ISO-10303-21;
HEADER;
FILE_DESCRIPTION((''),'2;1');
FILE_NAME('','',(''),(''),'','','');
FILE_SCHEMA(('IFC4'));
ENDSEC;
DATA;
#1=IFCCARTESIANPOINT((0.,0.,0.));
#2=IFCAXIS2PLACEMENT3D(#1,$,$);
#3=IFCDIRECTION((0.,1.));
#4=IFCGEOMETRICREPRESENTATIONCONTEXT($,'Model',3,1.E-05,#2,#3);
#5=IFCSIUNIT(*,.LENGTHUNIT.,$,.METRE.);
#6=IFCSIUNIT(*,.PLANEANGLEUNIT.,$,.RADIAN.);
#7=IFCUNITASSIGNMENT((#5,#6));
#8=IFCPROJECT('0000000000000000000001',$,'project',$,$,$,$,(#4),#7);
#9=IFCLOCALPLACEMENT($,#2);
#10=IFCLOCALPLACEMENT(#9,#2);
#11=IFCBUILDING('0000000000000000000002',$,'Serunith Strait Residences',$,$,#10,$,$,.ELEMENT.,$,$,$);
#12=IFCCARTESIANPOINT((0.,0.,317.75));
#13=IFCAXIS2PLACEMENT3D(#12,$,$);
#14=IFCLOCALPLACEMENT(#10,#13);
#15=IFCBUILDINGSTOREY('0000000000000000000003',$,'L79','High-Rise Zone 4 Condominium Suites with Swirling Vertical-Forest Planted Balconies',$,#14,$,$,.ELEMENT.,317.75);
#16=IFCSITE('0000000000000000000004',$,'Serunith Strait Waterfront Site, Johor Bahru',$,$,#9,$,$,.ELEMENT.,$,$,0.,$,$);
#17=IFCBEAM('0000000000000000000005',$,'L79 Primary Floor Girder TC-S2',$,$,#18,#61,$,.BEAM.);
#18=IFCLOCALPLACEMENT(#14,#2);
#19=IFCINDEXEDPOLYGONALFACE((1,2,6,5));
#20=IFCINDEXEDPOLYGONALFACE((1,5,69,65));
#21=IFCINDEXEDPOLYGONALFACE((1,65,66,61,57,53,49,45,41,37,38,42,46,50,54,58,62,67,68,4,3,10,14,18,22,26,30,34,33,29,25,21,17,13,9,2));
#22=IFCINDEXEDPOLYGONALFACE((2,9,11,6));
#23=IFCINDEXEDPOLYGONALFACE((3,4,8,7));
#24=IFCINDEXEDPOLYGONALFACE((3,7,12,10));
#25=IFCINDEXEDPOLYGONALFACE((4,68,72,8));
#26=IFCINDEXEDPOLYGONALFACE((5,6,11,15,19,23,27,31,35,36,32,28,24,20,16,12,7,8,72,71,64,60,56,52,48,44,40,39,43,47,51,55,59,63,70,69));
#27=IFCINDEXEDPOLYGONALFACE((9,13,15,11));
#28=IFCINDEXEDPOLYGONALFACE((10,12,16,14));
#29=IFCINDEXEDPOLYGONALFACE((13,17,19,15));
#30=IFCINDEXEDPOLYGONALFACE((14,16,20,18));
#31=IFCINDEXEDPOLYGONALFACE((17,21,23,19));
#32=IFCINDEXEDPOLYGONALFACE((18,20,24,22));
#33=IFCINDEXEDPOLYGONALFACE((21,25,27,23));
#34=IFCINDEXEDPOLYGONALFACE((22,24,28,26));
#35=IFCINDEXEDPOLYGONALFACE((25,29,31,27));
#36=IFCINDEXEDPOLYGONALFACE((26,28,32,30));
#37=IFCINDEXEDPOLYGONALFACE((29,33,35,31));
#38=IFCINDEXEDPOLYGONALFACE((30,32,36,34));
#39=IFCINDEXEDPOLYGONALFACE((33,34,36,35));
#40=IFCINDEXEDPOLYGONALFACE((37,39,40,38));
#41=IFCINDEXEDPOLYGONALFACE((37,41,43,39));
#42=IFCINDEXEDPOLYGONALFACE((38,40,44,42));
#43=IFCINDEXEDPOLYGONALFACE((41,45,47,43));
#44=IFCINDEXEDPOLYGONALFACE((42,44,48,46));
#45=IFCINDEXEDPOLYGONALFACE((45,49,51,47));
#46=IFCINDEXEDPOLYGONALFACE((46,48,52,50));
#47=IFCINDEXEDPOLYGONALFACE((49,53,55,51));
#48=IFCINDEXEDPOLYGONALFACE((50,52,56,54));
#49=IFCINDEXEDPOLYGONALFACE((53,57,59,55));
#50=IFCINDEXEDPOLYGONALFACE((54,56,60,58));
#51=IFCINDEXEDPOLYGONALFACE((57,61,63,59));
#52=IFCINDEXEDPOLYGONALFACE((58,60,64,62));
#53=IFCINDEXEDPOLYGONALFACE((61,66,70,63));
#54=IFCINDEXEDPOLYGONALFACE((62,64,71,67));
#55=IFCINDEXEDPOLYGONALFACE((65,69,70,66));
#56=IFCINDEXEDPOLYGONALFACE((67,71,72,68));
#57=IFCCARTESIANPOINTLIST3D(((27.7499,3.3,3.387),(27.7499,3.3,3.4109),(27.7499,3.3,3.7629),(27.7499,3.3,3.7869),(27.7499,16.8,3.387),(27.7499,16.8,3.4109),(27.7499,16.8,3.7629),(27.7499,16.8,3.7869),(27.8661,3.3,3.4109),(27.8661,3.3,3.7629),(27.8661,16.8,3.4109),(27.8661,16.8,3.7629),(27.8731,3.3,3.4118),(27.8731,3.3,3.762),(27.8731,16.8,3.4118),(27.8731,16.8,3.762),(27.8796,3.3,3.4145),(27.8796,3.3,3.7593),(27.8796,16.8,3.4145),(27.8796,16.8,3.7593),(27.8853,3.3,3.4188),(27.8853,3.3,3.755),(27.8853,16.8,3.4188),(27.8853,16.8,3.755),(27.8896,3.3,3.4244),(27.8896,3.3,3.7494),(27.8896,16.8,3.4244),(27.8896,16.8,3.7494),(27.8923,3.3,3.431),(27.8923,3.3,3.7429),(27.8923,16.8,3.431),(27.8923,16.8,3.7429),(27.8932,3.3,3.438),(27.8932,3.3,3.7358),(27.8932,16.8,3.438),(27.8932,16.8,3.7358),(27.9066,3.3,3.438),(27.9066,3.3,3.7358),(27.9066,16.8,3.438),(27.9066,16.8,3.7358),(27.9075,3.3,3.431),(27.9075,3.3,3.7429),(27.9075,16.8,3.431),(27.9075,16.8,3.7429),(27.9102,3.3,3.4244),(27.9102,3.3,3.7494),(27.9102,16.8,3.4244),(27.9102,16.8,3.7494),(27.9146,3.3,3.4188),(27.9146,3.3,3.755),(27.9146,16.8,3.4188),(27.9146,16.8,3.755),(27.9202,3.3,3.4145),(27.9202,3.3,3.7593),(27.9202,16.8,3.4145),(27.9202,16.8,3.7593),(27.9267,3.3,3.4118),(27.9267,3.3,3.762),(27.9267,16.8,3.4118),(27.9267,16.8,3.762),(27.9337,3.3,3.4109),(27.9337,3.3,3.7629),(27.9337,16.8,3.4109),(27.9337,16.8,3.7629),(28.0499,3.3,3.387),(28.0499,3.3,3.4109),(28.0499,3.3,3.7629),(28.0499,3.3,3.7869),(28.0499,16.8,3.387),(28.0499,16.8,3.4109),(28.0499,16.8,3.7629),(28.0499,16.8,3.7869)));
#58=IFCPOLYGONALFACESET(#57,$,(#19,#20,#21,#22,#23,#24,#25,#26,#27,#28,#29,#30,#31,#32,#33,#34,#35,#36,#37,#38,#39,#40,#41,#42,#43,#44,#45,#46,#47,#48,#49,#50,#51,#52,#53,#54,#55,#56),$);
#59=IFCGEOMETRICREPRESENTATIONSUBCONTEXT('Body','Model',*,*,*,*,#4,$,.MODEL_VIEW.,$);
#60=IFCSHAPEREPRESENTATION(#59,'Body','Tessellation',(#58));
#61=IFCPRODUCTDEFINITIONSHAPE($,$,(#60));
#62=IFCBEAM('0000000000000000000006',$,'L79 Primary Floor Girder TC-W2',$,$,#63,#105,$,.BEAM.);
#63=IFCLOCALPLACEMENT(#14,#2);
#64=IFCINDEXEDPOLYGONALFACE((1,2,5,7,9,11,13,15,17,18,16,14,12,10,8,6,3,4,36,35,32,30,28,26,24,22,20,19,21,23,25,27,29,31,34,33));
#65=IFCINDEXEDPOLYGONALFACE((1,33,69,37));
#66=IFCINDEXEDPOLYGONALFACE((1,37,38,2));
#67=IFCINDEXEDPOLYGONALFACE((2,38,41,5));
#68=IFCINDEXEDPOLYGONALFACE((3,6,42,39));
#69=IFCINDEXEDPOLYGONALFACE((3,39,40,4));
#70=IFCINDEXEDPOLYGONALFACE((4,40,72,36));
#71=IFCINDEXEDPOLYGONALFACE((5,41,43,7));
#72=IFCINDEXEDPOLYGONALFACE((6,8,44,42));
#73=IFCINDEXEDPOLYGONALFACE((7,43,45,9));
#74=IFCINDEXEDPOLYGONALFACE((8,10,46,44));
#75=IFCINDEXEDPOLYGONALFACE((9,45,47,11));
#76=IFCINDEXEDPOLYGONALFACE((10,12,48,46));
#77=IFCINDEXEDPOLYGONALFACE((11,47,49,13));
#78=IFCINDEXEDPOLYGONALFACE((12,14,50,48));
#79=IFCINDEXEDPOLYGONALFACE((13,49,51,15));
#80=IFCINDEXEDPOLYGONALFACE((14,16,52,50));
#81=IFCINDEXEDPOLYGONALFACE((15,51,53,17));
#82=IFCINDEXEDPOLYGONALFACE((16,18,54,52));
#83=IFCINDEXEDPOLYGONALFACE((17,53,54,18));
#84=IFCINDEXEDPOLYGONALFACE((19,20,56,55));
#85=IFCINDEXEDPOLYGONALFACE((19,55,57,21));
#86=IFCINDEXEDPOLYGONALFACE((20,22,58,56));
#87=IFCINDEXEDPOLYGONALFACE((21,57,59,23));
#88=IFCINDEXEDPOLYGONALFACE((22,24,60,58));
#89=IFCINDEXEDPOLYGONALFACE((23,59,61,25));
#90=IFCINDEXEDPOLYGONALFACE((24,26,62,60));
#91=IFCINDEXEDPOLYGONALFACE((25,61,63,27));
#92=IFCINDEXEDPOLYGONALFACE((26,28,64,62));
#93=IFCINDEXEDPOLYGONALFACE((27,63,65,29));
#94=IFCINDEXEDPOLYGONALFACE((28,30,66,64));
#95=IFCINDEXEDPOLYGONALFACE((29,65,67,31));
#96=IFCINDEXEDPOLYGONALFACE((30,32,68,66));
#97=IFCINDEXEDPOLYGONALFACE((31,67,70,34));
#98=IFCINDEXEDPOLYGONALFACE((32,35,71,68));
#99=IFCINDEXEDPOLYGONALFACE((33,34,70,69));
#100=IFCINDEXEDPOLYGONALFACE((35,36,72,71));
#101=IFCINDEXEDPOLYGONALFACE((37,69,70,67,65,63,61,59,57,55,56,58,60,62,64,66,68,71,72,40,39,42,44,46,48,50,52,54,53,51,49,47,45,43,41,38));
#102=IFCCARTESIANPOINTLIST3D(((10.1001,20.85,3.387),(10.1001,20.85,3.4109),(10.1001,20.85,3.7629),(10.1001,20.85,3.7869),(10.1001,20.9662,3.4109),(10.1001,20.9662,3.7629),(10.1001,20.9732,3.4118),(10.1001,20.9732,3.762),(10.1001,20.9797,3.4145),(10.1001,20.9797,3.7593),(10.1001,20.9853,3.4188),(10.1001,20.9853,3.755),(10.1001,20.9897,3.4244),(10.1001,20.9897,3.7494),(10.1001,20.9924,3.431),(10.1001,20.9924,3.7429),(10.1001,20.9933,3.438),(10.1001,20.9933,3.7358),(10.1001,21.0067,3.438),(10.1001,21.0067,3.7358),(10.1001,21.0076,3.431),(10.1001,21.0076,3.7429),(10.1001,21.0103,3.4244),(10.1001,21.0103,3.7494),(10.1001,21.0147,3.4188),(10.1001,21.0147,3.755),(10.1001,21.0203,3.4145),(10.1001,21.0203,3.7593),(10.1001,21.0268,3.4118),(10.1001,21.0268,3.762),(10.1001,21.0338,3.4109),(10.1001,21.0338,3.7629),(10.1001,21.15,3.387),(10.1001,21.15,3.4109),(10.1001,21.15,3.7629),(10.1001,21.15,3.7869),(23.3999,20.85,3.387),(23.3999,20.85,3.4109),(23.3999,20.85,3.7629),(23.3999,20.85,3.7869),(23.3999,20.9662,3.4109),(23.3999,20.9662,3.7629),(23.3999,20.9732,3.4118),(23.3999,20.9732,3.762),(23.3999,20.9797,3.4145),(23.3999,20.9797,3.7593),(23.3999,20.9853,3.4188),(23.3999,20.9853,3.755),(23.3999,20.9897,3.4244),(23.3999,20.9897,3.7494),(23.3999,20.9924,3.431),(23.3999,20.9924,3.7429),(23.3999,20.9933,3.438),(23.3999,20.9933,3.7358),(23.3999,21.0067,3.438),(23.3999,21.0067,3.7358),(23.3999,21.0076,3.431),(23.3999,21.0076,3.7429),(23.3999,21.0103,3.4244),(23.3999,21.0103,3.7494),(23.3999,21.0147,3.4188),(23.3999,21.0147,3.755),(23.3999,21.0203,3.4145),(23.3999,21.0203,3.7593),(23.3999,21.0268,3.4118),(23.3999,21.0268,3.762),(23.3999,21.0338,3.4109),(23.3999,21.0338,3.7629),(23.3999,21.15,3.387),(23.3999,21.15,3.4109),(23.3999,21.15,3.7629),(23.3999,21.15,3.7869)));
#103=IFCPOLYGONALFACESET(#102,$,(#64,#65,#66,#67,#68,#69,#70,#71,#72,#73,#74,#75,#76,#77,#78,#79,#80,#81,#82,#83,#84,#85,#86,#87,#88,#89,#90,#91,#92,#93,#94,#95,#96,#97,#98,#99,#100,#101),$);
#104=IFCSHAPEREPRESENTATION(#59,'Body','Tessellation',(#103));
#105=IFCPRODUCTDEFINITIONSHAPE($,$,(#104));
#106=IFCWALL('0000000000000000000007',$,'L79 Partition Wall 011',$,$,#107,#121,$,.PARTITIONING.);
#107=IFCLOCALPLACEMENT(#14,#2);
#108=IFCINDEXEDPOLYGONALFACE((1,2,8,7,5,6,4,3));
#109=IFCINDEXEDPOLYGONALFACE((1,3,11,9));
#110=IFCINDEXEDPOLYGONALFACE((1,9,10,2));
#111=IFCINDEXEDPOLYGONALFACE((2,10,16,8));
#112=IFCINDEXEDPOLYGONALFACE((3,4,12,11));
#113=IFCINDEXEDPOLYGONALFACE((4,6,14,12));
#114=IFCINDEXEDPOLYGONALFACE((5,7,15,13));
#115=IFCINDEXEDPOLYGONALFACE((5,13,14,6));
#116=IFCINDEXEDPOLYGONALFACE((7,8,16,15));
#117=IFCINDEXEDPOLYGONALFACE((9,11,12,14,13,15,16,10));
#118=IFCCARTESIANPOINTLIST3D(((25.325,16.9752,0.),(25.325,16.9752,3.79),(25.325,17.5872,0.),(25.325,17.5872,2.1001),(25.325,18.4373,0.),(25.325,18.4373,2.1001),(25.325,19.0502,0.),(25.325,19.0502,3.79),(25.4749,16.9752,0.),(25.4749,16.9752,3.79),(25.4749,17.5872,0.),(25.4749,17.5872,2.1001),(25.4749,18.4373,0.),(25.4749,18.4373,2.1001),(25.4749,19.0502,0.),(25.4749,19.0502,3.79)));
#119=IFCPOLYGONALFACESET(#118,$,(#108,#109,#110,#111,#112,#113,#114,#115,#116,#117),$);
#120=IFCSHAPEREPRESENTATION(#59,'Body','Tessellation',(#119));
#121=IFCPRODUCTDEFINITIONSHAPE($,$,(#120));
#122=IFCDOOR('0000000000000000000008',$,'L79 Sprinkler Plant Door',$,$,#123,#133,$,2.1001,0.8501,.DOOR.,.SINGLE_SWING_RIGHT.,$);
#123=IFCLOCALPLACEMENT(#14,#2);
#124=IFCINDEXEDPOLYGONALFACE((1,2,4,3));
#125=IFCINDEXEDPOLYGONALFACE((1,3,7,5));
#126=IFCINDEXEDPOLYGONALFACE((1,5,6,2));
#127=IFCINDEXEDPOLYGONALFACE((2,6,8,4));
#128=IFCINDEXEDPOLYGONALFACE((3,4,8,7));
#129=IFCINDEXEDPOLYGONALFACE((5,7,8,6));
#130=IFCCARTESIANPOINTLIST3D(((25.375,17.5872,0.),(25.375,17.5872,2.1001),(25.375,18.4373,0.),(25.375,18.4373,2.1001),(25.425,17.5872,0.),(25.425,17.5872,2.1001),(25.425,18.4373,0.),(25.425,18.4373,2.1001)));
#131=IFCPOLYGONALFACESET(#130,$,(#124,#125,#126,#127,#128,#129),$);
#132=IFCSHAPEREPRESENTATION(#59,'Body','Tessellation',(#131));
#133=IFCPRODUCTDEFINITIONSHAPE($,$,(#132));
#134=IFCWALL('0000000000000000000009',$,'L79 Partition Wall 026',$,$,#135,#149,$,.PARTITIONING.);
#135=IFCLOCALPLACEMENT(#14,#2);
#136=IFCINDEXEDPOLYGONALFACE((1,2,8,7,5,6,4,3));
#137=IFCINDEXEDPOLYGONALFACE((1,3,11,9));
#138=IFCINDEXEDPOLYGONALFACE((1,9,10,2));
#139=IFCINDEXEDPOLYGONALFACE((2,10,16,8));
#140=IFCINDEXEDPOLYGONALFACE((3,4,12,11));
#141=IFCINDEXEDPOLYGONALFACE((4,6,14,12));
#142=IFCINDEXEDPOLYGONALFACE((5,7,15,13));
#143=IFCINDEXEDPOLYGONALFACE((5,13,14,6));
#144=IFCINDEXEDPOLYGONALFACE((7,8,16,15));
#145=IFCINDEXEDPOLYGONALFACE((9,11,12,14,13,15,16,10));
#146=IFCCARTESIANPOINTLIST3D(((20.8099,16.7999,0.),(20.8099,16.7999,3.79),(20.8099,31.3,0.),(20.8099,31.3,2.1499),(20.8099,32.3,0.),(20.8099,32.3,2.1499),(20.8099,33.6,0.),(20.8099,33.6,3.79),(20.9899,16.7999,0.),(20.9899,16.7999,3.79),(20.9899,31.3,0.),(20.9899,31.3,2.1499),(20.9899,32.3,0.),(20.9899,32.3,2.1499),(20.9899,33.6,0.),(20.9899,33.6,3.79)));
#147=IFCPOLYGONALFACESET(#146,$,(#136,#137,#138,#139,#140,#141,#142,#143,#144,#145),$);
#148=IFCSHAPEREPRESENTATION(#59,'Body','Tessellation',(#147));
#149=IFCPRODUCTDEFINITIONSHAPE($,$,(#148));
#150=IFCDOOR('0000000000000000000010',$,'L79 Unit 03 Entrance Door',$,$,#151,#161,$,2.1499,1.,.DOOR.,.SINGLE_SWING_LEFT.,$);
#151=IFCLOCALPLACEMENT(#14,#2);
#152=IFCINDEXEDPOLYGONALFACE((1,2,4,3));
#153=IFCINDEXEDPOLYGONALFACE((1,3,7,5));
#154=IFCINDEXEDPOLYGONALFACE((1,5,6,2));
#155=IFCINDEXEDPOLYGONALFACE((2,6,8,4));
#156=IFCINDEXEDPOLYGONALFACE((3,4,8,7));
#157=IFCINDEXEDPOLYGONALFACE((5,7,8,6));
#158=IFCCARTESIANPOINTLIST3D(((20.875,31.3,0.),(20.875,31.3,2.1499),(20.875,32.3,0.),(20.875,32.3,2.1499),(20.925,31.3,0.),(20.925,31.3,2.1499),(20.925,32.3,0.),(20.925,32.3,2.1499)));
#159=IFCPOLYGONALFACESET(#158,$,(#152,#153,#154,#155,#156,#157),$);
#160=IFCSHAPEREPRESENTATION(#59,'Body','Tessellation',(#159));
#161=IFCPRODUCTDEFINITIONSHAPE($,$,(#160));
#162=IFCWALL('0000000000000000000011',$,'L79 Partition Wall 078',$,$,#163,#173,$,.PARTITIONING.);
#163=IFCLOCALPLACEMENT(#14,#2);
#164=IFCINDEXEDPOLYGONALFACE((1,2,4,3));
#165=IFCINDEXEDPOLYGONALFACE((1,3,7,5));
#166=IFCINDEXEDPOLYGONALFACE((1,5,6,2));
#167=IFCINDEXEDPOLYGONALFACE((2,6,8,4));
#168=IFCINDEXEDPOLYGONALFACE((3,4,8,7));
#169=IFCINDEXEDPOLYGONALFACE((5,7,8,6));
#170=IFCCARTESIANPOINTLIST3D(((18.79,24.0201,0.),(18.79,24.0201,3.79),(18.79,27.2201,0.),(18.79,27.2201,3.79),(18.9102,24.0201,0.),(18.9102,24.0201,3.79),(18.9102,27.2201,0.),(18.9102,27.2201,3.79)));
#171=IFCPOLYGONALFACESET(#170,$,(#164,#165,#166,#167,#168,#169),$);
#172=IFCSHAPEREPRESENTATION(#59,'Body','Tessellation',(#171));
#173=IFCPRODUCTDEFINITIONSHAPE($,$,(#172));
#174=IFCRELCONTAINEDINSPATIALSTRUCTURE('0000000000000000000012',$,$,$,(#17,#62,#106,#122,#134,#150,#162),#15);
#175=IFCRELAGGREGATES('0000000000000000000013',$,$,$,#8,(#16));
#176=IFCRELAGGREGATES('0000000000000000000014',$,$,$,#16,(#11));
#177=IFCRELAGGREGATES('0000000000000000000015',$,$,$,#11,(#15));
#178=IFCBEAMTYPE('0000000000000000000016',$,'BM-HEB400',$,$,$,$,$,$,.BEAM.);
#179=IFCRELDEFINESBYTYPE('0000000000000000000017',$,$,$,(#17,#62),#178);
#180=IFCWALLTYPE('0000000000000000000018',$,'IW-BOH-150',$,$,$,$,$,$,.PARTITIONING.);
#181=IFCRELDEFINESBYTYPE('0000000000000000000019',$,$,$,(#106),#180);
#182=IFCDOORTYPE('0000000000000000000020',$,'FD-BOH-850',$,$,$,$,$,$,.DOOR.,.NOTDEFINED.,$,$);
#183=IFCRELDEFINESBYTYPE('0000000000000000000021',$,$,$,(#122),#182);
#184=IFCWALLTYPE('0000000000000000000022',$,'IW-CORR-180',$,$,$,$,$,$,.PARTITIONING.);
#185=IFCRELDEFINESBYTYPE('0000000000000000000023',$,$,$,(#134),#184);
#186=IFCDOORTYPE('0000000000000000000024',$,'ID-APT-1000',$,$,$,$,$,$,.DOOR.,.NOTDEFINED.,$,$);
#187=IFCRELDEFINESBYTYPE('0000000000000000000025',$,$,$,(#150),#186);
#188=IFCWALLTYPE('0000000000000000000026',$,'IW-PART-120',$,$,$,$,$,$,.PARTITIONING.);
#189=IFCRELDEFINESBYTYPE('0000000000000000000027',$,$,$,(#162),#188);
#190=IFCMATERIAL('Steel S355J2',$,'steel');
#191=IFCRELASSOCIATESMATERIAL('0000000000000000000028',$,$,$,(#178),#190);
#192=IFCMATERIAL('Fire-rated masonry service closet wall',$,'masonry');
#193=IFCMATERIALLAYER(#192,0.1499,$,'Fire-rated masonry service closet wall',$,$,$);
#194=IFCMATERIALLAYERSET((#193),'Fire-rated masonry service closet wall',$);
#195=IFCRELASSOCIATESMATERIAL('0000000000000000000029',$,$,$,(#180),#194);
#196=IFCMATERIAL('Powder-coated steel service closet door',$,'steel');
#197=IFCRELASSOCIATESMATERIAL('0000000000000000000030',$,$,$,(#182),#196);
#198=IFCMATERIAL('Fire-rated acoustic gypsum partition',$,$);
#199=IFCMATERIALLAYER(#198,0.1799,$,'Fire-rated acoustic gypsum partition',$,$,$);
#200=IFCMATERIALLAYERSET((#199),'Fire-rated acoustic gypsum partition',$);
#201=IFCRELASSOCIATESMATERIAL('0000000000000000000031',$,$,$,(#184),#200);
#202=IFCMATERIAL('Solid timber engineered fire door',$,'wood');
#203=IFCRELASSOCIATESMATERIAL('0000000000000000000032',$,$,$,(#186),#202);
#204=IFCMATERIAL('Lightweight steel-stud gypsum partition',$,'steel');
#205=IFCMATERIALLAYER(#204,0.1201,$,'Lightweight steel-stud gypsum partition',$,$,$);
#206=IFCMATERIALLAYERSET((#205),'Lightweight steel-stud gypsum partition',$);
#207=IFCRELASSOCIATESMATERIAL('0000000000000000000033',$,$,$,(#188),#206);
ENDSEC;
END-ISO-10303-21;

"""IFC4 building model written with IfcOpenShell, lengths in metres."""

from ifc_helpers import new_model, si_unit, direction, frame, frame_2d, origin, origin_2d, place, context, subcontext, project, spatial, rectangle, i_section, extrude, source, transform, mapped, material, layer, layer_set, material_profile, profile_set, type_object, element, fill, save


model = new_model("IFC4")

# Units and contexts
model_context = context("Model", 3, precision=1e-05, world=origin(), true_north=direction((0.0, 1.0)))
body_context = subcontext(model_context, "Body", "Model", "MODEL_VIEW")
ifc_project = project(units=[si_unit("LENGTHUNIT", "METRE"), si_unit("PLANEANGLEUNIT", "RADIAN")], contexts=[model_context])

# Site, building, storey
site_placement = place(None, origin())
site = spatial("IfcSite", under=ifc_project, at=site_placement, Name="Serunith Strait Waterfront Site, Johor Bahru", CompositionType="ELEMENT", RefElevation=0.0)
building_placement = place(site_placement, origin())
building = spatial("IfcBuilding", under=site, at=building_placement, Name="Serunith Strait Residences", CompositionType="ELEMENT")
storey_placement = place(building_placement, frame((0.0, 0.0, 317.75)))
storey = spatial("IfcBuildingStorey", under=building, at=storey_placement, Name="L79", Description="High-Rise Zone 4 Condominium Suites with Swirling Vertical-Forest Planted Balconies", CompositionType="ELEMENT", Elevation=317.75)

# Beams
ifc_material_1 = material(Name="Steel S355J2", Category="steel")
ifc_material_profile = material_profile(ifc_material_1, i_section(OverallWidth=0.3, OverallDepth=0.3999, WebThickness=0.0134, FlangeThickness=0.0239, FilletRadius=0.0271, at=origin_2d()), Name="HEB 400")
ifc_profile_set = profile_set([ifc_material_profile], Name="Steel S355J2")
beam_type = type_object("IfcBeamType", Name="BM-HEB400", PredefinedType="BEAM", material=ifc_profile_set)
shared_shape_1 = source(origin(), body_context, "Body", "SweptSolid", [
    extrude(i_section(OverallWidth=0.3, OverallDepth=0.3999, WebThickness=0.0134, FlangeThickness=0.0239, FilletRadius=0.0271, at=origin_2d()), origin(), (0.0, 0.0, 1.0), 13.5),
])
beam_1_placement = place(storey_placement, frame((27.8999, 16.8, 3.5869), z_axis=(0.0, -1.0, 0.0), x_axis=(1.0, 0.0, 0.0)))
element("IfcBeam", 1, at=beam_1_placement, inside=storey, type_object=beam_type, Name="L79 Primary Floor Girder TC-S2", PredefinedType="BEAM", context=body_context, shape_type="MappedRepresentation", body=[
    mapped(shared_shape_1, transform((0.0, 0.0, 0.0), scale=1.0)),
])
shared_shape_2 = source(origin(), body_context, "Body", "SweptSolid", [
    extrude(i_section(OverallWidth=0.3, OverallDepth=0.3999, WebThickness=0.0134, FlangeThickness=0.0239, FilletRadius=0.0271, at=origin_2d()), origin(), (0.0, 0.0, 1.0), 13.2998),
])
beam_2_placement = place(storey_placement, frame((23.3999, 21.0, 3.5869), z_axis=(-1.0, 0.0, 0.0), x_axis=(0.0, -1.0, 0.0)))
element("IfcBeam", 2, at=beam_2_placement, inside=storey, type_object=beam_type, Name="L79 Primary Floor Girder TC-W2", PredefinedType="BEAM", context=body_context, shape_type="MappedRepresentation", body=[
    mapped(shared_shape_2, transform((0.0, 0.0, 0.0), scale=1.0)),
])

# Walls, openings, doors
ifc_material_2 = material(Name="Fire-rated masonry service closet wall", Category="masonry")
ifc_layer_1 = layer(ifc_material_2, 0.1499, Name="Fire-rated masonry service closet wall")
ifc_layer_set_1 = layer_set([ifc_layer_1], Name="Fire-rated masonry service closet wall")
wall_type_1 = type_object("IfcWallType", Name="IW-BOH-150", PredefinedType="PARTITIONING", material=ifc_layer_set_1)
wall_1_placement = place(storey_placement, frame((25.3999, 16.9751, 0.0), z_axis=(0.0, 0.0, 1.0), x_axis=(0.0, 1.0, 0.0)))
wall_1 = element("IfcWall", 3, at=wall_1_placement, inside=storey, type_object=wall_type_1, Name="L79 Partition Wall 011", PredefinedType="PARTITIONING", context=body_context, shape_type="SweptSolid", body=[
    extrude(rectangle(XDim=2.075, YDim=0.1499, at=frame_2d((1.0376, 0.0))), origin(), (0.0, 0.0, 1.0), 3.79),
])
opening_1_placement = place(wall_1_placement, frame((0.6121, 0.0, 0.0)))
opening_1 = element("IfcOpeningElement", 4, at=opening_1_placement, cuts=wall_1, PredefinedType="OPENING", context=body_context, shape_type="SweptSolid", body=[
    extrude(rectangle(XDim=0.8501, YDim=2.1001, at=frame_2d((0.425, 1.05))), frame((0.0, 0.085, 0.0), z_axis=(0.0, -1.0, 0.0), x_axis=(1.0, 0.0, 0.0)), (0.0, 0.0, 1.0), 0.1699),
])
ifc_material_3 = material(Name="Powder-coated steel service closet door", Category="steel")
door_type_1 = type_object("IfcDoorType", Name="FD-BOH-850", OperationType="NOTDEFINED", PredefinedType="DOOR", material=ifc_material_3)
shared_shape_3 = source(origin(), body_context, "Body", "SweptSolid", [
    extrude(rectangle(XDim=0.8501, YDim=2.1001, at=frame_2d((0.425, 1.05))), frame((0.0, 0.0249, 0.0), z_axis=(0.0, -1.0, 0.0), x_axis=(1.0, 0.0, 0.0)), (0.0, 0.0, 1.0), 0.05),
])
door_1_placement = place(opening_1_placement, origin())
door_1 = element("IfcDoor", 5, at=door_1_placement, inside=storey, type_object=door_type_1, Name="L79 Sprinkler Plant Door", OperationType="SINGLE_SWING_RIGHT", OverallHeight=2.1001, OverallWidth=0.8501, PredefinedType="DOOR", context=body_context, shape_type="MappedRepresentation", body=[
    mapped(shared_shape_3, transform((0.0, 0.0, 0.0), scale=1.0)),
])
fill(opening_1, door_1)
ifc_material_4 = material(Name="Fire-rated acoustic gypsum partition")
ifc_layer_2 = layer(ifc_material_4, 0.1799, Name="Fire-rated acoustic gypsum partition")
ifc_layer_set_2 = layer_set([ifc_layer_2], Name="Fire-rated acoustic gypsum partition")
wall_type_2 = type_object("IfcWallType", Name="IW-CORR-180", PredefinedType="PARTITIONING", material=ifc_layer_set_2)
ifc_material_5 = material(Name="Solid timber engineered fire door", Category="wood")
door_type_2 = type_object("IfcDoorType", Name="ID-APT-1000", OperationType="NOTDEFINED", PredefinedType="DOOR", material=ifc_material_5)
shared_shape_4 = source(origin(), body_context, "Body", "SweptSolid", [
    extrude(rectangle(XDim=1.0, YDim=2.1499, at=frame_2d((0.5, 1.075))), frame((0.0, 0.0249, 0.0), z_axis=(0.0, -1.0, 0.0), x_axis=(1.0, 0.0, 0.0)), (0.0, 0.0, 1.0), 0.05),
])
wall_2_placement = place(storey_placement, frame((20.8999, 16.8, 0.0), z_axis=(0.0, 0.0, 1.0), x_axis=(0.0, 1.0, 0.0)))
wall_2 = element("IfcWall", 6, at=wall_2_placement, inside=storey, type_object=wall_type_2, Name="L79 Partition Wall 026", PredefinedType="PARTITIONING", context=body_context, shape_type="SweptSolid", body=[
    extrude(rectangle(XDim=16.8, YDim=0.1799, at=frame_2d((8.3999, 0.0))), origin(), (0.0, 0.0, 1.0), 3.79),
])
opening_2_placement = place(wall_2_placement, frame((14.5, 0.0, 0.0)))
opening_2 = element("IfcOpeningElement", 7, at=opening_2_placement, cuts=wall_2, PredefinedType="OPENING", context=body_context, shape_type="SweptSolid", body=[
    extrude(rectangle(XDim=1.0, YDim=2.1499, at=frame_2d((0.5, 1.075))), frame((0.0, 0.1001, 0.0), z_axis=(0.0, -1.0, 0.0), x_axis=(1.0, 0.0, 0.0)), (0.0, 0.0, 1.0), 0.2),
])
door_2_placement = place(opening_2_placement, origin())
door_2 = element("IfcDoor", 8, at=door_2_placement, inside=storey, type_object=door_type_2, Name="L79 Unit 03 Entrance Door", OperationType="SINGLE_SWING_LEFT", OverallHeight=2.1499, OverallWidth=1.0, PredefinedType="DOOR", context=body_context, shape_type="MappedRepresentation", body=[
    mapped(shared_shape_4, transform((0.0, 0.0, 0.0), scale=1.0)),
])
fill(opening_2, door_2)

# Wall
ifc_material_6 = material(Name="Lightweight steel-stud gypsum partition", Category="steel")
ifc_layer_3 = layer(ifc_material_6, 0.1201, Name="Lightweight steel-stud gypsum partition")
ifc_layer_set_3 = layer_set([ifc_layer_3], Name="Lightweight steel-stud gypsum partition")
wall_type_3 = type_object("IfcWallType", Name="IW-PART-120", PredefinedType="PARTITIONING", material=ifc_layer_set_3)
wall_3_placement = place(storey_placement, frame((18.8501, 24.02, 0.0), z_axis=(0.0, 0.0, 1.0), x_axis=(0.0, 1.0, 0.0)))
element("IfcWall", 9, at=wall_3_placement, inside=storey, type_object=wall_type_3, Name="L79 Partition Wall 078", PredefinedType="PARTITIONING", context=body_context, shape_type="SweptSolid", body=[
    extrude(rectangle(XDim=3.2, YDim=0.1201, at=frame_2d((1.6001, 0.0))), origin(), (0.0, 0.0, 1.0), 3.79),
])

save(model, "model.ifc")
